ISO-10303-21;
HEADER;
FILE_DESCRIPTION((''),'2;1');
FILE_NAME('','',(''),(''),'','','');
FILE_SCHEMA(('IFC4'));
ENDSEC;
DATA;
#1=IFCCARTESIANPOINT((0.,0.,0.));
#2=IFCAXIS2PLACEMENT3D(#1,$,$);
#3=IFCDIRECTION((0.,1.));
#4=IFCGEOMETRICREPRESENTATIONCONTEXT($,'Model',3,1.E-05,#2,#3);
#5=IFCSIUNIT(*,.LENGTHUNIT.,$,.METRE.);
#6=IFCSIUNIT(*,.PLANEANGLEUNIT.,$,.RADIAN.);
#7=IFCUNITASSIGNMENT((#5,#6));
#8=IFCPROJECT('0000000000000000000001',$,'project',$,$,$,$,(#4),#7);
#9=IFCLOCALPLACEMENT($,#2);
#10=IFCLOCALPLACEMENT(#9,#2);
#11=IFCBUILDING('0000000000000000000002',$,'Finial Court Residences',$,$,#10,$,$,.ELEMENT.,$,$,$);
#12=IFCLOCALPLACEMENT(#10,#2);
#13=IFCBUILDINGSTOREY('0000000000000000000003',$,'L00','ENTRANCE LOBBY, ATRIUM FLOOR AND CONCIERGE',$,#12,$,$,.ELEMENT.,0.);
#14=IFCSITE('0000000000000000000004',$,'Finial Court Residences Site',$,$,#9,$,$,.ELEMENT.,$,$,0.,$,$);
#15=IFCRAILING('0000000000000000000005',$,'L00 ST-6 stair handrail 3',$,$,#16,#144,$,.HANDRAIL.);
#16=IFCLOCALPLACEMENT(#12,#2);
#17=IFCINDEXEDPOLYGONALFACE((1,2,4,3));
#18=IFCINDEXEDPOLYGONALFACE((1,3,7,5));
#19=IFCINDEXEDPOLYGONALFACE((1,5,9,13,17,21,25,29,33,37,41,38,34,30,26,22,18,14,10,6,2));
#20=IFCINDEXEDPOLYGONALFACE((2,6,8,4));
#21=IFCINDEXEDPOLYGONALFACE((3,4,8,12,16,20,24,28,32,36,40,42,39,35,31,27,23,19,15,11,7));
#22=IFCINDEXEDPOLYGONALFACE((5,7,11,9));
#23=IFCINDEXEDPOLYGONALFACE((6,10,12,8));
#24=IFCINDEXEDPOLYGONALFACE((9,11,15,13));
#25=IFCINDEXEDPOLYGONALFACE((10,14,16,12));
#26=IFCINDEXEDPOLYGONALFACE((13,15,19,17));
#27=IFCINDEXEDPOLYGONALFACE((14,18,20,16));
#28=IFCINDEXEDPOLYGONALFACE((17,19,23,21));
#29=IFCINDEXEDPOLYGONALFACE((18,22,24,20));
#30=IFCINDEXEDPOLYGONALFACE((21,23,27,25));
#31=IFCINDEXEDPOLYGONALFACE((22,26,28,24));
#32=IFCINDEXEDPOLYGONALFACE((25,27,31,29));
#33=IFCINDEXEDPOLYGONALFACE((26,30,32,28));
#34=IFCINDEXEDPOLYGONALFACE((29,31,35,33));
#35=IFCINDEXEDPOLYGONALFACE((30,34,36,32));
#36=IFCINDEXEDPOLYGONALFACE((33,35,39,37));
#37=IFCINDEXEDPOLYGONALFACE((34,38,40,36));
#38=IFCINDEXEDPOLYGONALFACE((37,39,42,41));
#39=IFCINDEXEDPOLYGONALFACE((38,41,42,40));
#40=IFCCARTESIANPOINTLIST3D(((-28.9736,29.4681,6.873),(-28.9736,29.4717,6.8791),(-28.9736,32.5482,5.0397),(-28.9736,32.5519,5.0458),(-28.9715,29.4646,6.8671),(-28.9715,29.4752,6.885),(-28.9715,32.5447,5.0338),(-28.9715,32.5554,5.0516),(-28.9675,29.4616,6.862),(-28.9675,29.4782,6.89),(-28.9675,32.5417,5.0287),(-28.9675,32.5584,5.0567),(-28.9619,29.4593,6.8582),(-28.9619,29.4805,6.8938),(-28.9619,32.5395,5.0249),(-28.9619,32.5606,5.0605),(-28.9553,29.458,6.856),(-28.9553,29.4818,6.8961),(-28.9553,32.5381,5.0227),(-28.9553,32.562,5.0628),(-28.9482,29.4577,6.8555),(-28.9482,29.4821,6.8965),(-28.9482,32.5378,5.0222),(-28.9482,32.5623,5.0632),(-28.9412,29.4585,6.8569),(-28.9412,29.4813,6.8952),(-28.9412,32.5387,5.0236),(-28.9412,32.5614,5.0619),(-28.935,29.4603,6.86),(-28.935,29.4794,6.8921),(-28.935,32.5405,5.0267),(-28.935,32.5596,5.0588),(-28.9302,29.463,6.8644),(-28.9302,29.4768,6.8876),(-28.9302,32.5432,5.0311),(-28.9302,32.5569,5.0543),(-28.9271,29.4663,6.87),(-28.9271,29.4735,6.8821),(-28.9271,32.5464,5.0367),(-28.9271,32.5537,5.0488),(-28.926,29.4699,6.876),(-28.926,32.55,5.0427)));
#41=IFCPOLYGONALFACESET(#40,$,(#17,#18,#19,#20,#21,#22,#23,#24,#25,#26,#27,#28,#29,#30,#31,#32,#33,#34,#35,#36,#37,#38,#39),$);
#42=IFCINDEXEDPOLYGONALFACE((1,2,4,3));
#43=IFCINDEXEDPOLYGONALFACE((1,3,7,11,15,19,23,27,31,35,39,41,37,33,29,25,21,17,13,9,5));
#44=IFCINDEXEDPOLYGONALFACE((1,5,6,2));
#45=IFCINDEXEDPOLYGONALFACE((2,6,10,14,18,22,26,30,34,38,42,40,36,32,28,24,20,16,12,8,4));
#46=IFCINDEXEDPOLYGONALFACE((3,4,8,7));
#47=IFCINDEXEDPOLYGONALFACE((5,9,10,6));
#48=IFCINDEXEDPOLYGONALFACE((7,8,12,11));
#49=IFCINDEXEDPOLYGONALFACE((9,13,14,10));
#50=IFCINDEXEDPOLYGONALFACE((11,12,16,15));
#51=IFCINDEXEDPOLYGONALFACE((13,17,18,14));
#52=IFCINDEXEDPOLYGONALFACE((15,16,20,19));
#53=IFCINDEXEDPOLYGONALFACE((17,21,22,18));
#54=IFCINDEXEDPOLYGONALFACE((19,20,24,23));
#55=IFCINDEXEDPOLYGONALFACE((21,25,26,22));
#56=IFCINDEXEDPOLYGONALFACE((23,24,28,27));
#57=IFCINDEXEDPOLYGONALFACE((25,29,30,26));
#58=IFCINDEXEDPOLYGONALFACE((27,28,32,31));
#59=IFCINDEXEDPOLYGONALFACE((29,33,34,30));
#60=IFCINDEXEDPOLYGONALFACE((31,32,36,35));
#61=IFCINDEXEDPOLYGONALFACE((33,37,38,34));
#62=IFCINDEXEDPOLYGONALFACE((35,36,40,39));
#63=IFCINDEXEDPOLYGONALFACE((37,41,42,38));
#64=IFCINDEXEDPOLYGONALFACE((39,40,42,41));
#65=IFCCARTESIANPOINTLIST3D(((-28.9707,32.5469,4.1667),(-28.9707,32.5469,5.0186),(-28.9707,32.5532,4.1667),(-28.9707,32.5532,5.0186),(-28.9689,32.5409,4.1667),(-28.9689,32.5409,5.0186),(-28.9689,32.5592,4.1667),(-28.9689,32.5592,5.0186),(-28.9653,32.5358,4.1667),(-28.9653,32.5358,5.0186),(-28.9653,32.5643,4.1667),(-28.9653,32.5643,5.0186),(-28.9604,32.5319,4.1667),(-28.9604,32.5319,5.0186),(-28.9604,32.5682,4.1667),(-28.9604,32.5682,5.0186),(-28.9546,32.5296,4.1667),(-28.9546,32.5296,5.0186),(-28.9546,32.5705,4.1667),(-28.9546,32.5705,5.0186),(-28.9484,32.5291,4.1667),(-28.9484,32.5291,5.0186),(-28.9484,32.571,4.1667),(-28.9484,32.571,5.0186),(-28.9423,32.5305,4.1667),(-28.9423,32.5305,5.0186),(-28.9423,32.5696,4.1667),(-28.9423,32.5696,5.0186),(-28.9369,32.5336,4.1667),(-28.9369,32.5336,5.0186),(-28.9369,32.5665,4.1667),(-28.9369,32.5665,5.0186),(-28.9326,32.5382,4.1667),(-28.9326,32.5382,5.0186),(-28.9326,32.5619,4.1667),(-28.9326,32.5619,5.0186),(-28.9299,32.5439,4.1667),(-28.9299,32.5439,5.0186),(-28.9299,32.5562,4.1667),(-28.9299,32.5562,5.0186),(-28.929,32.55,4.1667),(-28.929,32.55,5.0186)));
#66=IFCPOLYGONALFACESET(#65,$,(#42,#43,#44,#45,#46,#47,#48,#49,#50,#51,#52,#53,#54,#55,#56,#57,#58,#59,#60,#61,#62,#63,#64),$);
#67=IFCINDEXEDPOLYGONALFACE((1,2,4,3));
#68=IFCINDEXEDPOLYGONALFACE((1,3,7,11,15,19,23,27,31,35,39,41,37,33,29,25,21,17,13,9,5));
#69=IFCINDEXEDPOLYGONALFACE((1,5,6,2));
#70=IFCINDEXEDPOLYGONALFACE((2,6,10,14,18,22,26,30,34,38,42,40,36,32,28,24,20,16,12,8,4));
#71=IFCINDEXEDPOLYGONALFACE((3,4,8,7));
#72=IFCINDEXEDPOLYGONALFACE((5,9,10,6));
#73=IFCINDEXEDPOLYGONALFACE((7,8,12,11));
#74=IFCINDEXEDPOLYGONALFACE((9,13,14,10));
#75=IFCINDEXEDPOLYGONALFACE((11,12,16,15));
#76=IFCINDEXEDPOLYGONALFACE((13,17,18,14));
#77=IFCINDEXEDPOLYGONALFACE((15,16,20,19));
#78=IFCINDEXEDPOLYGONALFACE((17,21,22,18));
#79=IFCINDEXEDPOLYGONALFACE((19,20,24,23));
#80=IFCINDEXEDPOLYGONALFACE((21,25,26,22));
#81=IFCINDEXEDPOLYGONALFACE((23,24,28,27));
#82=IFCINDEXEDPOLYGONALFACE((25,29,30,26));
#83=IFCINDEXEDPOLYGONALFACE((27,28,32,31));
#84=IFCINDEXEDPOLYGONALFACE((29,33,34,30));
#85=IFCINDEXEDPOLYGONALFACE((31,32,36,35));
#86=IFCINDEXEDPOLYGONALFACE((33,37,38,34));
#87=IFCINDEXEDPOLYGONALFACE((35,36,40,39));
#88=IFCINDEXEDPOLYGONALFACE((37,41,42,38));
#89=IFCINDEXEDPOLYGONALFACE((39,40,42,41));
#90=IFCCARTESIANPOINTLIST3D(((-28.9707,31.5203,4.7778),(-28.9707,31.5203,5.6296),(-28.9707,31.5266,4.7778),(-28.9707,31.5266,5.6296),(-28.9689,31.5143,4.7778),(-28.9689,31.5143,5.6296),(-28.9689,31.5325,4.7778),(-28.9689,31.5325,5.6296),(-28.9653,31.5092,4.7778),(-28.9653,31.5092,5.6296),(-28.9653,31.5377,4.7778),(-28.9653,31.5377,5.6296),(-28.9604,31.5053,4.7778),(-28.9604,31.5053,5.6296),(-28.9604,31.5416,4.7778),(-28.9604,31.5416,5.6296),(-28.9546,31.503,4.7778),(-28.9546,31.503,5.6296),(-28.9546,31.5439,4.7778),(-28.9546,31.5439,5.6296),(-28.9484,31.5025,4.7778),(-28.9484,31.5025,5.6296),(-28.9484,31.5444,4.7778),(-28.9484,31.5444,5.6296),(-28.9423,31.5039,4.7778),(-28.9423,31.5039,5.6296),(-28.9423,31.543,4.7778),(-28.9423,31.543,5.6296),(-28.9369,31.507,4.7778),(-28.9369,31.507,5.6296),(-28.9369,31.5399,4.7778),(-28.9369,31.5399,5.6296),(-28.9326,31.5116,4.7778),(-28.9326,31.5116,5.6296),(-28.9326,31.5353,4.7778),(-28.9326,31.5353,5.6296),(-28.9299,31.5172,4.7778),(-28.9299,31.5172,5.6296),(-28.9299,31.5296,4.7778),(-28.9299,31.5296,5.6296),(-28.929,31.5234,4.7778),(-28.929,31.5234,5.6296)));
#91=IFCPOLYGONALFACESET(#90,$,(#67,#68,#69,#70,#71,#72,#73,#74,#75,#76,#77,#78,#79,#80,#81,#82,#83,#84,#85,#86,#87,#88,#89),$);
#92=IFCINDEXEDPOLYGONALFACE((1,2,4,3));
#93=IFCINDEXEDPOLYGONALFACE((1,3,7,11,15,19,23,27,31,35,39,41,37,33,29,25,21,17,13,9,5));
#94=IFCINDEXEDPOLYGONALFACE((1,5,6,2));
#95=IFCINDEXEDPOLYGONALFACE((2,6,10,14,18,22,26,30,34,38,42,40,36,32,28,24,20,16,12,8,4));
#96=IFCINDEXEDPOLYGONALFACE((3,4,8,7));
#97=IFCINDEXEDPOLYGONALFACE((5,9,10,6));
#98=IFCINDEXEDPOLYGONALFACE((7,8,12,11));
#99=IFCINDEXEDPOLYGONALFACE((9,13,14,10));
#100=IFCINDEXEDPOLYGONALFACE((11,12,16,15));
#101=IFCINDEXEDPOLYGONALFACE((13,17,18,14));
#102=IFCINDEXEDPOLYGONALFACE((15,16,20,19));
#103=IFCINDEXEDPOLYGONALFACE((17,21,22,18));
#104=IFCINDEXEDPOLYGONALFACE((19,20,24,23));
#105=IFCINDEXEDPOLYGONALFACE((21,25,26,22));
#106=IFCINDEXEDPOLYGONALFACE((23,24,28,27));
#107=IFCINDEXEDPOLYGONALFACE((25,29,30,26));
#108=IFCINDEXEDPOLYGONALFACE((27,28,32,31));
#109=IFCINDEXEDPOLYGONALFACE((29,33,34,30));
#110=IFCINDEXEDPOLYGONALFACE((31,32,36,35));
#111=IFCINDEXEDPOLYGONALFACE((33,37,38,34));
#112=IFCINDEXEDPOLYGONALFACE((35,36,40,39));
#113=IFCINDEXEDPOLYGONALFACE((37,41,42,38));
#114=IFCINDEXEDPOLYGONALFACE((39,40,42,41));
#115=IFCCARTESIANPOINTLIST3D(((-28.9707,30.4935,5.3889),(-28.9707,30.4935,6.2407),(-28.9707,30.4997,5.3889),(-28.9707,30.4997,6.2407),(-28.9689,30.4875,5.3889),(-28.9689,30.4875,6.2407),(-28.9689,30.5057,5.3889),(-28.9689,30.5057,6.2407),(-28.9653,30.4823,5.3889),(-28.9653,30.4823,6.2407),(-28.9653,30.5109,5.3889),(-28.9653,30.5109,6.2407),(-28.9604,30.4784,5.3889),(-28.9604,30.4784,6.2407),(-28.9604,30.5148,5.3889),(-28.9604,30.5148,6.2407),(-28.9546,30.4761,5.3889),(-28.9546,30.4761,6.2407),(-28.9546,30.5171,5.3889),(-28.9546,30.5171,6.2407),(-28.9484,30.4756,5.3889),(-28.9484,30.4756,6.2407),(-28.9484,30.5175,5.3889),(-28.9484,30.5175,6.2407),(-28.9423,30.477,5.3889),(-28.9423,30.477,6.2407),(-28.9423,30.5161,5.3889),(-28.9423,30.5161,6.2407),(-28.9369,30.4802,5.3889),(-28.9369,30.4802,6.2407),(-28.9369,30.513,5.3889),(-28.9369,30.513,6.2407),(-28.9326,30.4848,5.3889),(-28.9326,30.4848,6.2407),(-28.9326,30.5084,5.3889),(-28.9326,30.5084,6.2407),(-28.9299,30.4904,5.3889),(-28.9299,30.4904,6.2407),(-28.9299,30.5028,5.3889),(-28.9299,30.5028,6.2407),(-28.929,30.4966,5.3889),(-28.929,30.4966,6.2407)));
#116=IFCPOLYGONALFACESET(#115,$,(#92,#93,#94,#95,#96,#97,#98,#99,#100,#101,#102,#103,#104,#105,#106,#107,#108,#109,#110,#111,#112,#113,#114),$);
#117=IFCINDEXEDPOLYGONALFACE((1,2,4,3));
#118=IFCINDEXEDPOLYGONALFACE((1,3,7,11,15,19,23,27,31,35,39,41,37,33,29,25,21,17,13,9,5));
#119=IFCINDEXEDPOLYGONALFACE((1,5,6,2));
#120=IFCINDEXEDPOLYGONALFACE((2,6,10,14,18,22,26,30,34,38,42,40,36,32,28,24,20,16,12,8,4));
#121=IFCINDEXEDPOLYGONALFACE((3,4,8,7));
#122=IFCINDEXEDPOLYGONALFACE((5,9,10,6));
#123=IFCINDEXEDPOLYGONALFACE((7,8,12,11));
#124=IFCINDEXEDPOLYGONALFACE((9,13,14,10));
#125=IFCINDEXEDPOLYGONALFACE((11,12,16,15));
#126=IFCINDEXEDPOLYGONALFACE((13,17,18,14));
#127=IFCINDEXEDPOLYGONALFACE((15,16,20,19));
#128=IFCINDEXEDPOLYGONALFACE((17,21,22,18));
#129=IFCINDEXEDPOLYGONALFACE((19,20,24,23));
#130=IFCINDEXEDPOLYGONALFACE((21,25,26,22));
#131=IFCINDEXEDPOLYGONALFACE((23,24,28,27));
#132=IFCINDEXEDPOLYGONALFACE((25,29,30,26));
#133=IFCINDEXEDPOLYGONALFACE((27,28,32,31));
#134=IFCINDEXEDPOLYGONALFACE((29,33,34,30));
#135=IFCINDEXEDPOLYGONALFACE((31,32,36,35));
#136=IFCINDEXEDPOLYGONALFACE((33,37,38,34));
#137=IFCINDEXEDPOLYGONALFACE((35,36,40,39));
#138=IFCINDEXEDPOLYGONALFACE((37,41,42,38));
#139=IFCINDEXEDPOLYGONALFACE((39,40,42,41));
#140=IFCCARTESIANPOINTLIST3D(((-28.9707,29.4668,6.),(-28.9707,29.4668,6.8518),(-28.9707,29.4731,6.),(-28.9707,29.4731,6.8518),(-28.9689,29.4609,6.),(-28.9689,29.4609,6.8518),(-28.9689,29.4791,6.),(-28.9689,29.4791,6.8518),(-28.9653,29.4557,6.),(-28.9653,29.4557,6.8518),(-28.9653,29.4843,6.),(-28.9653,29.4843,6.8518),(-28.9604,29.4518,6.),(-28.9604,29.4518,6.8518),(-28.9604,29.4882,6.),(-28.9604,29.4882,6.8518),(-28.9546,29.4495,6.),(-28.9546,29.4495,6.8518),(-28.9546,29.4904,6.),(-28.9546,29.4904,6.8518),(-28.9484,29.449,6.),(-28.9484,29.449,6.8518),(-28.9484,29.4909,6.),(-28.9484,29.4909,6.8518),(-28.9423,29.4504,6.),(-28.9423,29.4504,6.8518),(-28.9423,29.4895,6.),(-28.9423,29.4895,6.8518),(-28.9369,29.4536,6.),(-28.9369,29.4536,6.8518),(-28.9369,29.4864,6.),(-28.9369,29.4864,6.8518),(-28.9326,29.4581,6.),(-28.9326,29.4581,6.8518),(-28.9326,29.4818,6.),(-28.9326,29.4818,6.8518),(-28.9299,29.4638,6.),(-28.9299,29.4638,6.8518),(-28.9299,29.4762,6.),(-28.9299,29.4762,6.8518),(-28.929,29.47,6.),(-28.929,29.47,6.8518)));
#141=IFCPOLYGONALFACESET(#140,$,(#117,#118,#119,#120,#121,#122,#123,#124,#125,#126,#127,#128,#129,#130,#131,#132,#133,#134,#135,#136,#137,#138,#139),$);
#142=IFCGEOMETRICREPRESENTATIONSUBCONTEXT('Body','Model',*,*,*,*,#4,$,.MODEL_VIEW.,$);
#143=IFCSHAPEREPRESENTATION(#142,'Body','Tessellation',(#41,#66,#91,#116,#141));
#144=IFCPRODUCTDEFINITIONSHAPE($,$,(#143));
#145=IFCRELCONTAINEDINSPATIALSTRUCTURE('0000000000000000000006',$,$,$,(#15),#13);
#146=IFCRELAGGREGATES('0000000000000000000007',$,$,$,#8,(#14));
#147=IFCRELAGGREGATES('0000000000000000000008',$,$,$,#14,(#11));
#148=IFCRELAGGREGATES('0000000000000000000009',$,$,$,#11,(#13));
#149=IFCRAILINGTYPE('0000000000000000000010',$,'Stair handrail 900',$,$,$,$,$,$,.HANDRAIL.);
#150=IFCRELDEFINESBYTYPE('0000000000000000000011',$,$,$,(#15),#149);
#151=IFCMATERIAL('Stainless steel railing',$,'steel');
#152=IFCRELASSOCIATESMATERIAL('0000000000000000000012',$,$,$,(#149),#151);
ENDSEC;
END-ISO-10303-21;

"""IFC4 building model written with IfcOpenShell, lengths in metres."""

from ifc_helpers import new_model, si_unit, direction, frame, origin, origin_2d, place, context, subcontext, project, spatial, circle, extrude, material, type_object, element, save


model = new_model("IFC4")

# Units and contexts
model_context = context("Model", 3, precision=1e-05, world=origin(), true_north=direction((0.0, 1.0)))
body_context = subcontext(model_context, "Body", "Model", "MODEL_VIEW")
ifc_project = project(units=[si_unit("LENGTHUNIT", "METRE"), si_unit("PLANEANGLEUNIT", "RADIAN")], contexts=[model_context])

# Site, building, storey
site_placement = place(None, origin())
site = spatial("IfcSite", under=ifc_project, at=site_placement, Name="Finial Court Residences Site", CompositionType="ELEMENT", RefElevation=0.0)
building_placement = place(site_placement, origin())
building = spatial("IfcBuilding", under=site, at=building_placement, Name="Finial Court Residences", CompositionType="ELEMENT")
storey_placement = place(building_placement, origin())
storey = spatial("IfcBuildingStorey", under=building, at=storey_placement, Name="L00", Description="ENTRANCE LOBBY, ATRIUM FLOOR AND CONCIERGE", CompositionType="ELEMENT", Elevation=0.0)

# Railing
ifc_material_1 = material(Name="Stainless steel railing", Category="steel")
railing_type_1 = type_object("IfcRailingType", Name="Stair handrail 900", PredefinedType="HANDRAIL", material=ifc_material_1)
railing_1_placement = place(storey_placement, frame((-28.95, 32.55, 4.1667)))
element("IfcRailing", 1, at=railing_1_placement, inside=storey, type_object=railing_type_1, Name="L00 ST-6 stair handrail 3", PredefinedType="HANDRAIL", context=body_context, shape_type="SweptSolid", body=[
    extrude(circle(Radius=0.0239, at=origin_2d()), frame((0.0, 0.0, 0.876), z_axis=(0.0, -0.859309, 0.511458), x_axis=(1.0, 0.0, 0.0)), (0.0, 0.0, 1.0), 3.5845),
    extrude(circle(Radius=0.021, at=origin_2d()), origin(), (0.0, 0.0, 1.0), 0.8518),
    extrude(circle(Radius=0.021, at=origin_2d()), frame((0.0, -1.0266, 0.6111)), (0.0, 0.0, 1.0), 0.8518),
    extrude(circle(Radius=0.021, at=origin_2d()), frame((0.0, -2.0535, 1.2222)), (0.0, 0.0, 1.0), 0.8518),
    extrude(circle(Radius=0.021, at=origin_2d()), frame((0.0, -3.0801, 1.8333)), (0.0, 0.0, 1.0), 0.8518),
])

save(model, "model.ifc")
